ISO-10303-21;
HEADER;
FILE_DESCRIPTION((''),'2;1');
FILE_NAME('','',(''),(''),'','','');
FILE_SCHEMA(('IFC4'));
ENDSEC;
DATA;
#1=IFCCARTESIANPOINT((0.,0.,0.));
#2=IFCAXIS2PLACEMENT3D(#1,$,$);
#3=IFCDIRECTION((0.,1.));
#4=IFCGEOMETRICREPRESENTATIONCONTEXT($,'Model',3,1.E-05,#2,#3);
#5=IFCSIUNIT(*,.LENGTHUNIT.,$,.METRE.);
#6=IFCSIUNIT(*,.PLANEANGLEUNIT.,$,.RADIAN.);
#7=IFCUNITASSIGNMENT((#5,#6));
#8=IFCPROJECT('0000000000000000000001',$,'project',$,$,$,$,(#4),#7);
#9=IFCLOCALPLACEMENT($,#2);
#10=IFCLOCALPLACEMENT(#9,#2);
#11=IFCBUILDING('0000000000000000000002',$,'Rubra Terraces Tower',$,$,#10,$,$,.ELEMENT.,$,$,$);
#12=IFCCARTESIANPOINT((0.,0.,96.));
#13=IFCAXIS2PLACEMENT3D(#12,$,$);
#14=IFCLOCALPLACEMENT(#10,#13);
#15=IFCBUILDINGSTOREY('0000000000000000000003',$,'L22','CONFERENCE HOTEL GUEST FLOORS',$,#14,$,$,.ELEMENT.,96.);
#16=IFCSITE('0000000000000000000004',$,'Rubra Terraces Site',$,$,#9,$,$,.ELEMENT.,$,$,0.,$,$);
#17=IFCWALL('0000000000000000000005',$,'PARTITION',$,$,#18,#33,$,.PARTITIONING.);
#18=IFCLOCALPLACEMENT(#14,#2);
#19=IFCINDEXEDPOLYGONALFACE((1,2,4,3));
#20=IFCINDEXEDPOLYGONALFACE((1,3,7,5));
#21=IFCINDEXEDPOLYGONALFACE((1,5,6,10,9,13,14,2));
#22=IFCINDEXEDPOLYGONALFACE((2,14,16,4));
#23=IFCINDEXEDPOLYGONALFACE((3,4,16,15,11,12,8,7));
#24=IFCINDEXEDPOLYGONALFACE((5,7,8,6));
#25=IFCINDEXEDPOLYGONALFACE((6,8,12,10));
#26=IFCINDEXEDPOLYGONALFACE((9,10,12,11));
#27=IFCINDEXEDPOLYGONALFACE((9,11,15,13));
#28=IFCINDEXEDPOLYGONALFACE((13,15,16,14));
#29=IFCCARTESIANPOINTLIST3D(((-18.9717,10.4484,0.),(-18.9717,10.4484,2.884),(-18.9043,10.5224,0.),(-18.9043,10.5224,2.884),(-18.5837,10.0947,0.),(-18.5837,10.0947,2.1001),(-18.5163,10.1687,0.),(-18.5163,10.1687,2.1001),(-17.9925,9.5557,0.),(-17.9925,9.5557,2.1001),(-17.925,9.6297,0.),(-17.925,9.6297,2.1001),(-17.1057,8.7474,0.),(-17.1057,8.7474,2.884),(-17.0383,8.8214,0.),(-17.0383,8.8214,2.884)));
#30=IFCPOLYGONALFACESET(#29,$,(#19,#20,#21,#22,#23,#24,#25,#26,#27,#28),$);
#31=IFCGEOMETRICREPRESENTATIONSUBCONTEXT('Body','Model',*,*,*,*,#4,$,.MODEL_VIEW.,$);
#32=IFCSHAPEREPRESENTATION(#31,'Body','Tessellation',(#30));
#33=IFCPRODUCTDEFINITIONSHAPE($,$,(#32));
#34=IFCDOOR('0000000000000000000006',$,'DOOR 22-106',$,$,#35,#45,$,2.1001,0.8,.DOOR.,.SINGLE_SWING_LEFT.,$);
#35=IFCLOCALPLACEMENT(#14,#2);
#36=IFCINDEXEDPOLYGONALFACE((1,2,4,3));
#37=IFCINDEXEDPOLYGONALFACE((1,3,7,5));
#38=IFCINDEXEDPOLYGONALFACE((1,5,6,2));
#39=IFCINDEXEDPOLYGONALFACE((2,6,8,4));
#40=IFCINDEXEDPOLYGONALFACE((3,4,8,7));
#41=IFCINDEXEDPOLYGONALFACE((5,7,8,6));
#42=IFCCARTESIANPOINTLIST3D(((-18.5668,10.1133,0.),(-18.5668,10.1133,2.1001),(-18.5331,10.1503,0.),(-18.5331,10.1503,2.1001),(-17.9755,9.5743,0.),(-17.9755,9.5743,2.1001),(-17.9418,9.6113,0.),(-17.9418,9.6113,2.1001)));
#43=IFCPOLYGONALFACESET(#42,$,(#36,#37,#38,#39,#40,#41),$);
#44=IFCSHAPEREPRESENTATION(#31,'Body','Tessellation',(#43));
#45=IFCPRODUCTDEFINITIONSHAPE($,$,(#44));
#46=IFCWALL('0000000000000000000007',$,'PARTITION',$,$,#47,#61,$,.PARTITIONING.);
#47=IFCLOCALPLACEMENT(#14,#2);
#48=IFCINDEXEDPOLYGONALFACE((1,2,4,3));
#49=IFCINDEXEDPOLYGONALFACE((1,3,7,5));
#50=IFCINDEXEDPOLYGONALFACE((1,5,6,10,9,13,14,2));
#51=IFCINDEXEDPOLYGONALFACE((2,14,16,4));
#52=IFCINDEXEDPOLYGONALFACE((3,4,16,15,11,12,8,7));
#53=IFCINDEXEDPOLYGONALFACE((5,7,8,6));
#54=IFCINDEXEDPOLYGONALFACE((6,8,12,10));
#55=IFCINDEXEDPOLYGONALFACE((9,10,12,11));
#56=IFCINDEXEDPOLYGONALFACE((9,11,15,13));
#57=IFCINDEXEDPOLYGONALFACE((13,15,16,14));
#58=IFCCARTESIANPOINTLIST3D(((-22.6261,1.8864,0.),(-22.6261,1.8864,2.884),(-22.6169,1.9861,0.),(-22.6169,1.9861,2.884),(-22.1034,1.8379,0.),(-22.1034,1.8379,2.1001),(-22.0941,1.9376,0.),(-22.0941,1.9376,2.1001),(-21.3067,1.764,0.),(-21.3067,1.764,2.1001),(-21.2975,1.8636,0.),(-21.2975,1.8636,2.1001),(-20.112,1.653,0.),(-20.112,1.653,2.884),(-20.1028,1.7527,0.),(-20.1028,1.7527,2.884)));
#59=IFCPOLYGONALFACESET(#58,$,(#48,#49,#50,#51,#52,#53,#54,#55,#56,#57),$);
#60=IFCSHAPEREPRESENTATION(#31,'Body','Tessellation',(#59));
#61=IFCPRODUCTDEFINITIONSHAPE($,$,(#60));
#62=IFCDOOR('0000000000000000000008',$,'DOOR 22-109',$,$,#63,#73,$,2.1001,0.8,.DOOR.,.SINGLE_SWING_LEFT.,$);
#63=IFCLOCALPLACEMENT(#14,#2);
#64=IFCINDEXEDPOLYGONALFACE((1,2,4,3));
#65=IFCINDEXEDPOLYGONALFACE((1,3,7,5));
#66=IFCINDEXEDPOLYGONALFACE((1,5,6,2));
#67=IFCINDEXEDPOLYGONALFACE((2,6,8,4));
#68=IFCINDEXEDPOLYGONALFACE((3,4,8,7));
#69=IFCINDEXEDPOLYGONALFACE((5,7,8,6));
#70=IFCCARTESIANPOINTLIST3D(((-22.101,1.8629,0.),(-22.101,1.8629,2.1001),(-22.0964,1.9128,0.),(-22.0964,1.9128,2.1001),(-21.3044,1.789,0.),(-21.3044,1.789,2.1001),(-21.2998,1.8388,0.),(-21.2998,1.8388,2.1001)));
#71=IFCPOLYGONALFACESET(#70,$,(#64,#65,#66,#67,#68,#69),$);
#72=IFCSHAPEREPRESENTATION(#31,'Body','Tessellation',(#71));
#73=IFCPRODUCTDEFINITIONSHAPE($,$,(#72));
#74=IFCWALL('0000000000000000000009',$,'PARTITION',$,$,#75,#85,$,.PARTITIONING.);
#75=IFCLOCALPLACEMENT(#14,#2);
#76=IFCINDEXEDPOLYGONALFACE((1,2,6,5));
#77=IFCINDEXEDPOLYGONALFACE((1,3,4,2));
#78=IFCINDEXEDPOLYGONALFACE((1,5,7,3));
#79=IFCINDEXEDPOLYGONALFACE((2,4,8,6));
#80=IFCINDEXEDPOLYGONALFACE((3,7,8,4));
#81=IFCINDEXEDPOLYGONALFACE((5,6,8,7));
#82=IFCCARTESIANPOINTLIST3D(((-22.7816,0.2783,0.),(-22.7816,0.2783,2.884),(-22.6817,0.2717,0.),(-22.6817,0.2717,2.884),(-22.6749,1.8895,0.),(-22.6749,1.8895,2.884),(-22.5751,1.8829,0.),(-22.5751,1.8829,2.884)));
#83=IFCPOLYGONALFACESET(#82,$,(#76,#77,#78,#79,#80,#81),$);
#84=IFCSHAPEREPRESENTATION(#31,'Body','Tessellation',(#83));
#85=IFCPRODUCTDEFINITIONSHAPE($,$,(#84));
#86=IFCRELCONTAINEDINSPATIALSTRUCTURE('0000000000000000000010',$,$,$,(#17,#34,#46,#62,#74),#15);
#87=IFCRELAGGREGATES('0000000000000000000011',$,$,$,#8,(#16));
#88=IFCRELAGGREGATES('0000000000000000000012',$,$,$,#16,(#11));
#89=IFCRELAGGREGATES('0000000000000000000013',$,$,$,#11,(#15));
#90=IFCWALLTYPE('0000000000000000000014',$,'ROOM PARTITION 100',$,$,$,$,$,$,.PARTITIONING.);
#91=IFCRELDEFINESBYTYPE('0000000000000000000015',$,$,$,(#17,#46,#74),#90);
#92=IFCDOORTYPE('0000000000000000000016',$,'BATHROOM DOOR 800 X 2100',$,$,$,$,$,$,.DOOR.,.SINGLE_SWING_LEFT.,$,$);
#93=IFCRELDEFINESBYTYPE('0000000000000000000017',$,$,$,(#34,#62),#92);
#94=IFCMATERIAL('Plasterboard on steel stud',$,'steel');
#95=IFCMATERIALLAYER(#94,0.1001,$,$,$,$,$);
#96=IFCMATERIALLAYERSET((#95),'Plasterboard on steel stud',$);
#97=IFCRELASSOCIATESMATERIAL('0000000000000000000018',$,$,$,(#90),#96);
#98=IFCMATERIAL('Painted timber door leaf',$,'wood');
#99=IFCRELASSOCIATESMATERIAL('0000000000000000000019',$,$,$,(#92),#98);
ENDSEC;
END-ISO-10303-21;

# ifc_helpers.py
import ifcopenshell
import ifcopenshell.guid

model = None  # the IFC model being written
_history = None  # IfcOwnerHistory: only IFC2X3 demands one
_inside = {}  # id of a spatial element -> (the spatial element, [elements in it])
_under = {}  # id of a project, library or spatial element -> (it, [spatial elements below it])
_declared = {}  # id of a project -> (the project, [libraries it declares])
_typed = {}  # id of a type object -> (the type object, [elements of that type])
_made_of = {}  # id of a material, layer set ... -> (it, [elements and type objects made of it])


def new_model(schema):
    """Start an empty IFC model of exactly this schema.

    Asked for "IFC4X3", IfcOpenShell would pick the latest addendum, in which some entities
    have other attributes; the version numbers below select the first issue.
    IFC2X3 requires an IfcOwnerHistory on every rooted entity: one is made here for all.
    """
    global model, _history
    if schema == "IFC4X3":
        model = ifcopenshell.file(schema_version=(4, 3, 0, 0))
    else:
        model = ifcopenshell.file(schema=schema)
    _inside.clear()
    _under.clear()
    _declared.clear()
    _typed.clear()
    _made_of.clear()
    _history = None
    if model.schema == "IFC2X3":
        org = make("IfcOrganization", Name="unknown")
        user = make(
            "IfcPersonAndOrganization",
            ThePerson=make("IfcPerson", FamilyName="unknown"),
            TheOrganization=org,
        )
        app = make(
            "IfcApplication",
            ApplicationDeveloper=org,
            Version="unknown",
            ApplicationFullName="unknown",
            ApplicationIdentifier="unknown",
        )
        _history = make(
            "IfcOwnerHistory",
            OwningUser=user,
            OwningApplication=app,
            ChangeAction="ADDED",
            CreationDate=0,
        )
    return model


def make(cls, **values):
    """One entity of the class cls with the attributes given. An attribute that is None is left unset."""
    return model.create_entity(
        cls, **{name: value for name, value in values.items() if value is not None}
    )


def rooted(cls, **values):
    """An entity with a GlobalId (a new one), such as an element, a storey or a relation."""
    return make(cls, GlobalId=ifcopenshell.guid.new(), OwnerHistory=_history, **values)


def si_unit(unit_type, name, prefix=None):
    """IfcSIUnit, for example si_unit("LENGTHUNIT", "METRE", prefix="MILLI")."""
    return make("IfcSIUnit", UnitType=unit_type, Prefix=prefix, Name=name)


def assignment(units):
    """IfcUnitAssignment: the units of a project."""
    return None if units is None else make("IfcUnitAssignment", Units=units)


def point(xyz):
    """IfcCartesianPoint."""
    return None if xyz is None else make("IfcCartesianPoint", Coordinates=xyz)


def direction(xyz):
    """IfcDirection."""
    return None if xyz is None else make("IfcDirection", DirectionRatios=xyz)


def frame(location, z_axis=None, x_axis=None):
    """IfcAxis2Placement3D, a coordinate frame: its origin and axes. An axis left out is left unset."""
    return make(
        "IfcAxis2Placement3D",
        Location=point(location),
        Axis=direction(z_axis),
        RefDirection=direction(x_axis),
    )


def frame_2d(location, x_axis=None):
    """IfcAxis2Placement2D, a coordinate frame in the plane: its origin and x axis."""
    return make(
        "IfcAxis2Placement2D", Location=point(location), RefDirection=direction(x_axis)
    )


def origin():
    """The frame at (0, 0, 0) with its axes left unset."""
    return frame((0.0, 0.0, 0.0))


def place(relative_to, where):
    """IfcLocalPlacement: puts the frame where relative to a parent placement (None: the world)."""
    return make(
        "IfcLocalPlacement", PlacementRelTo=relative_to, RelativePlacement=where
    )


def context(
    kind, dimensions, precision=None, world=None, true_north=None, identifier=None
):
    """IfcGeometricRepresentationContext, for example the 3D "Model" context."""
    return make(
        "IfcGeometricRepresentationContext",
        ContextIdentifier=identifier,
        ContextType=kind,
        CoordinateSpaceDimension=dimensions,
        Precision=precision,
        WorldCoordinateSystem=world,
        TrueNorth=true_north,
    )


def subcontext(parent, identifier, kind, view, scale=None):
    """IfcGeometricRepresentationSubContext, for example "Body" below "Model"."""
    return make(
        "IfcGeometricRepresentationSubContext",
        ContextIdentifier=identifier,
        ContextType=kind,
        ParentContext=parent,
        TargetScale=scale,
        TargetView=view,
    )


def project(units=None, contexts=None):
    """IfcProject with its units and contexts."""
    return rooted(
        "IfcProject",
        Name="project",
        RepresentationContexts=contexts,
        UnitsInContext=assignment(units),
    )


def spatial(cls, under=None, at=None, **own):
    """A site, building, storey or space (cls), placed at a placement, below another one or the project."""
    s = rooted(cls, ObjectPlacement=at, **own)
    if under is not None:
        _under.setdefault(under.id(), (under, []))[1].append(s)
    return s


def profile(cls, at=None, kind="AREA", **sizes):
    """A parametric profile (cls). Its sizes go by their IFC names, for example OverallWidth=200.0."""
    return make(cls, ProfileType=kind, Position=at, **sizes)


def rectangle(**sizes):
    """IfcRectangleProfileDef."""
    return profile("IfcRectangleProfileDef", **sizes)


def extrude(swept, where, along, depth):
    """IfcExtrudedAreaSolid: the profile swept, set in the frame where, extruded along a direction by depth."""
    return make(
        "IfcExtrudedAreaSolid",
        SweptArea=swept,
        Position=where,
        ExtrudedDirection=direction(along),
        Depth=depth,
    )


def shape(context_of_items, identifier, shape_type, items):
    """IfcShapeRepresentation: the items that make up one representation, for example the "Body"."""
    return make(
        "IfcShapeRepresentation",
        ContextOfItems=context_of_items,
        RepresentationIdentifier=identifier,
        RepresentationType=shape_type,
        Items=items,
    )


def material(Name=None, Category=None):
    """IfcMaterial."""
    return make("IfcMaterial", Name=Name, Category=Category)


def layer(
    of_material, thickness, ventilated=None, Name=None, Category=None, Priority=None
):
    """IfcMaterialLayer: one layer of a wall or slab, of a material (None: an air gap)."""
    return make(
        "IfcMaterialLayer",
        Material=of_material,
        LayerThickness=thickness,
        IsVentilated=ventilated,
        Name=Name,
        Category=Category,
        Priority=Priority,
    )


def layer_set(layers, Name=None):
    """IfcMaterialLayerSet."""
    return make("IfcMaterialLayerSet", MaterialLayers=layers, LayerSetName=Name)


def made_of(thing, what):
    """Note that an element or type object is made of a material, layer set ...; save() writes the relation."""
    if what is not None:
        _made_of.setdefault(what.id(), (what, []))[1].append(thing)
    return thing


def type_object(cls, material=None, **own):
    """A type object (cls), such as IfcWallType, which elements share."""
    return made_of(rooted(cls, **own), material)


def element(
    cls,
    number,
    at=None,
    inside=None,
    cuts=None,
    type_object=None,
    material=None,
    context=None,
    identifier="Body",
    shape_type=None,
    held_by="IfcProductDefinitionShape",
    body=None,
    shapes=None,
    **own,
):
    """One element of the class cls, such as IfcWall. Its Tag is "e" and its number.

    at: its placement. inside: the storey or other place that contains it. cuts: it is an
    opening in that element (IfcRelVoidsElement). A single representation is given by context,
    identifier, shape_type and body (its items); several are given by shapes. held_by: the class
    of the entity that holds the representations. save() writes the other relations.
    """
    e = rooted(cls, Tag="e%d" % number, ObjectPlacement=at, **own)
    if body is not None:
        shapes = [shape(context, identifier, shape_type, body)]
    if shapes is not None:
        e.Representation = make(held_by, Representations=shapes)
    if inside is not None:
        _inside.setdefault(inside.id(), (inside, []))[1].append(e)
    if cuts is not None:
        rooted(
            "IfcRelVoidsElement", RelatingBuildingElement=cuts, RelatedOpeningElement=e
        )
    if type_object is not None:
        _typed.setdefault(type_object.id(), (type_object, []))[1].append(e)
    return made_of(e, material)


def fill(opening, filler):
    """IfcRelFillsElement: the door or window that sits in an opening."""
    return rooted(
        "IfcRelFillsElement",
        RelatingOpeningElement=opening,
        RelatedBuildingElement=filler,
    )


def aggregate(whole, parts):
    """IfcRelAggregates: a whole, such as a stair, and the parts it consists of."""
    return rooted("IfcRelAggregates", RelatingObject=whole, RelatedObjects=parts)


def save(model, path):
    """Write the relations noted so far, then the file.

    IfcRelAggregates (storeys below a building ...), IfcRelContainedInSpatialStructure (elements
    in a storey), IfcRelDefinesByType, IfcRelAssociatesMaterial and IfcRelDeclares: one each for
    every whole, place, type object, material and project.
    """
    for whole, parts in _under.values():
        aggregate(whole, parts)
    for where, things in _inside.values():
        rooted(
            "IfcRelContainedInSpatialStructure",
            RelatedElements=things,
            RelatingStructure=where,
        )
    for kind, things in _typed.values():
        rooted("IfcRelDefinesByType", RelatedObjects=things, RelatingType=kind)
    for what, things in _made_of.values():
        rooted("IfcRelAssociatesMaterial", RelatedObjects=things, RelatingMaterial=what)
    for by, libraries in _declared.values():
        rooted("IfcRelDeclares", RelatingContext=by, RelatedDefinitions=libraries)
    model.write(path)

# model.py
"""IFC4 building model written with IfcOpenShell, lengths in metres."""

from ifc_helpers import new_model, si_unit, direction, frame, frame_2d, origin, place, context, subcontext, project, spatial, rectangle, extrude, material, layer, layer_set, type_object, element, fill, save


model = new_model("IFC4")

# Units and contexts
model_context = context("Model", 3, precision=1e-05, world=origin(), true_north=direction((0.0, 1.0)))
body_context = subcontext(model_context, "Body", "Model", "MODEL_VIEW")
ifc_project = project(units=[si_unit("LENGTHUNIT", "METRE"), si_unit("PLANEANGLEUNIT", "RADIAN")], contexts=[model_context])

# Site, building, storey
site_placement = place(None, origin())
site = spatial("IfcSite", under=ifc_project, at=site_placement, Name="Rubra Terraces Site", CompositionType="ELEMENT", RefElevation=0.0)
building_placement = place(site_placement, origin())
building = spatial("IfcBuilding", under=site, at=building_placement, Name="Rubra Terraces Tower", CompositionType="ELEMENT")
storey_placement = place(building_placement, frame((0.0, 0.0, 96.0)))
storey = spatial("IfcBuildingStorey", under=building, at=storey_placement, Name="L22", Description="CONFERENCE HOTEL GUEST FLOORS", CompositionType="ELEMENT", Elevation=96.0)

# Shared definitions
ifc_material_1 = material(Name="Painted timber door leaf", Category="wood")

# Walls, openings, doors
ifc_material_2 = material(Name="Plasterboard on steel stud", Category="steel")
ifc_layer_1 = layer(ifc_material_2, 0.1001)
ifc_layer_set_1 = layer_set([ifc_layer_1], Name="Plasterboard on steel stud")
wall_type_1 = type_object("IfcWallType", Name="ROOM PARTITION 100", PredefinedType="PARTITIONING", material=ifc_layer_set_1)
wall_1_placement = place(storey_placement, frame((-17.072, 8.7844, 0.0), z_axis=(0.0, 0.0, 1.0), x_axis=(-0.739034, 0.673668, 0.0)))
wall_1 = element("IfcWall", 1, at=wall_1_placement, inside=storey, type_object=wall_type_1, Name="PARTITION", PredefinedType="PARTITIONING", context=body_context, shape_type="SweptSolid", body=[
    extrude(rectangle(XDim=2.5249, YDim=0.1001, at=frame_2d((1.2625, 0.0))), origin(), (0.0, 0.0, 1.0), 2.884),
])
opening_1_placement = place(wall_1_placement, frame((1.2, 0.0, 0.0)))
opening_1 = element("IfcOpeningElement", 2, at=opening_1_placement, cuts=wall_1, PredefinedType="OPENING", context=body_context, shape_type="SweptSolid", body=[
    extrude(rectangle(XDim=0.8, YDim=2.1001, at=frame_2d((0.3999, 1.05))), frame((0.0, 0.0601, 0.0), z_axis=(0.0, -1.0, 0.0), x_axis=(1.0, 0.0, 0.0)), (0.0, 0.0, 1.0), 0.1201),
])
door_type_1 = type_object("IfcDoorType", Name="BATHROOM DOOR 800 X 2100", OperationType="SINGLE_SWING_LEFT", PredefinedType="DOOR", material=ifc_material_1)
door_1_placement = place(opening_1_placement, origin())
door_1 = element("IfcDoor", 3, at=door_1_placement, inside=storey, type_object=door_type_1, Name="DOOR 22-106", OperationType="SINGLE_SWING_LEFT", OverallHeight=2.1001, OverallWidth=0.8, PredefinedType="DOOR", context=body_context, shape_type="SweptSolid", body=[
    extrude(rectangle(XDim=0.8, YDim=2.1001, at=frame_2d((0.3999, 1.05))), frame((0.0, 0.0249, 0.0), z_axis=(0.0, -1.0, 0.0), x_axis=(1.0, 0.0, 0.0)), (0.0, 0.0, 1.0), 0.05),
])
fill(opening_1, door_1)
wall_2_placement = place(storey_placement, frame((-20.1074, 1.7029, 0.0), z_axis=(0.0, 0.0, 1.0), x_axis=(-0.995719, 0.092436, 0.0)))
wall_2 = element("IfcWall", 4, at=wall_2_placement, inside=storey, type_object=wall_type_1, Name="PARTITION", PredefinedType="PARTITIONING", context=body_context, shape_type="SweptSolid", body=[
    extrude(rectangle(XDim=2.5249, YDim=0.1001, at=frame_2d((1.2625, 0.0))), origin(), (0.0, 0.0, 1.0), 2.884),
])
opening_2_placement = place(wall_2_placement, frame((1.2, 0.0, 0.0)))
opening_2 = element("IfcOpeningElement", 5, at=opening_2_placement, cuts=wall_2, PredefinedType="OPENING", context=body_context, shape_type="SweptSolid", body=[
    extrude(rectangle(XDim=0.8, YDim=2.1001, at=frame_2d((0.3999, 1.05))), frame((0.0, 0.0601, 0.0), z_axis=(0.0, -1.0, 0.0), x_axis=(1.0, 0.0, 0.0)), (0.0, 0.0, 1.0), 0.1201),
])
door_2_placement = place(opening_2_placement, origin())
door_2 = element("IfcDoor", 6, at=door_2_placement, inside=storey, type_object=door_type_1, Name="DOOR 22-109", OperationType="SINGLE_SWING_LEFT", OverallHeight=2.1001, OverallWidth=0.8, PredefinedType="DOOR", context=body_context, shape_type="SweptSolid", body=[
    extrude(rectangle(XDim=0.8, YDim=2.1001, at=frame_2d((0.3999, 1.05))), frame((0.0, 0.0249, 0.0), z_axis=(0.0, -1.0, 0.0), x_axis=(1.0, 0.0, 0.0)), (0.0, 0.0, 1.0), 0.05),
])
fill(opening_2, door_2)

# Wall
wall_3_placement = place(storey_placement, frame((-22.625, 1.8862, 0.0), z_axis=(0.0, 0.0, 1.0), x_axis=(-0.066067, -0.997815, 0.0)))
element("IfcWall", 7, at=wall_3_placement, inside=storey, type_object=wall_type_1, Name="PARTITION", PredefinedType="PARTITIONING", context=body_context, shape_type="SweptSolid", body=[
    extrude(rectangle(XDim=1.6147, YDim=0.1001, at=frame_2d((0.8074, 0.0))), origin(), (0.0, 0.0, 1.0), 2.884),
])

save(model, "model.ifc")
